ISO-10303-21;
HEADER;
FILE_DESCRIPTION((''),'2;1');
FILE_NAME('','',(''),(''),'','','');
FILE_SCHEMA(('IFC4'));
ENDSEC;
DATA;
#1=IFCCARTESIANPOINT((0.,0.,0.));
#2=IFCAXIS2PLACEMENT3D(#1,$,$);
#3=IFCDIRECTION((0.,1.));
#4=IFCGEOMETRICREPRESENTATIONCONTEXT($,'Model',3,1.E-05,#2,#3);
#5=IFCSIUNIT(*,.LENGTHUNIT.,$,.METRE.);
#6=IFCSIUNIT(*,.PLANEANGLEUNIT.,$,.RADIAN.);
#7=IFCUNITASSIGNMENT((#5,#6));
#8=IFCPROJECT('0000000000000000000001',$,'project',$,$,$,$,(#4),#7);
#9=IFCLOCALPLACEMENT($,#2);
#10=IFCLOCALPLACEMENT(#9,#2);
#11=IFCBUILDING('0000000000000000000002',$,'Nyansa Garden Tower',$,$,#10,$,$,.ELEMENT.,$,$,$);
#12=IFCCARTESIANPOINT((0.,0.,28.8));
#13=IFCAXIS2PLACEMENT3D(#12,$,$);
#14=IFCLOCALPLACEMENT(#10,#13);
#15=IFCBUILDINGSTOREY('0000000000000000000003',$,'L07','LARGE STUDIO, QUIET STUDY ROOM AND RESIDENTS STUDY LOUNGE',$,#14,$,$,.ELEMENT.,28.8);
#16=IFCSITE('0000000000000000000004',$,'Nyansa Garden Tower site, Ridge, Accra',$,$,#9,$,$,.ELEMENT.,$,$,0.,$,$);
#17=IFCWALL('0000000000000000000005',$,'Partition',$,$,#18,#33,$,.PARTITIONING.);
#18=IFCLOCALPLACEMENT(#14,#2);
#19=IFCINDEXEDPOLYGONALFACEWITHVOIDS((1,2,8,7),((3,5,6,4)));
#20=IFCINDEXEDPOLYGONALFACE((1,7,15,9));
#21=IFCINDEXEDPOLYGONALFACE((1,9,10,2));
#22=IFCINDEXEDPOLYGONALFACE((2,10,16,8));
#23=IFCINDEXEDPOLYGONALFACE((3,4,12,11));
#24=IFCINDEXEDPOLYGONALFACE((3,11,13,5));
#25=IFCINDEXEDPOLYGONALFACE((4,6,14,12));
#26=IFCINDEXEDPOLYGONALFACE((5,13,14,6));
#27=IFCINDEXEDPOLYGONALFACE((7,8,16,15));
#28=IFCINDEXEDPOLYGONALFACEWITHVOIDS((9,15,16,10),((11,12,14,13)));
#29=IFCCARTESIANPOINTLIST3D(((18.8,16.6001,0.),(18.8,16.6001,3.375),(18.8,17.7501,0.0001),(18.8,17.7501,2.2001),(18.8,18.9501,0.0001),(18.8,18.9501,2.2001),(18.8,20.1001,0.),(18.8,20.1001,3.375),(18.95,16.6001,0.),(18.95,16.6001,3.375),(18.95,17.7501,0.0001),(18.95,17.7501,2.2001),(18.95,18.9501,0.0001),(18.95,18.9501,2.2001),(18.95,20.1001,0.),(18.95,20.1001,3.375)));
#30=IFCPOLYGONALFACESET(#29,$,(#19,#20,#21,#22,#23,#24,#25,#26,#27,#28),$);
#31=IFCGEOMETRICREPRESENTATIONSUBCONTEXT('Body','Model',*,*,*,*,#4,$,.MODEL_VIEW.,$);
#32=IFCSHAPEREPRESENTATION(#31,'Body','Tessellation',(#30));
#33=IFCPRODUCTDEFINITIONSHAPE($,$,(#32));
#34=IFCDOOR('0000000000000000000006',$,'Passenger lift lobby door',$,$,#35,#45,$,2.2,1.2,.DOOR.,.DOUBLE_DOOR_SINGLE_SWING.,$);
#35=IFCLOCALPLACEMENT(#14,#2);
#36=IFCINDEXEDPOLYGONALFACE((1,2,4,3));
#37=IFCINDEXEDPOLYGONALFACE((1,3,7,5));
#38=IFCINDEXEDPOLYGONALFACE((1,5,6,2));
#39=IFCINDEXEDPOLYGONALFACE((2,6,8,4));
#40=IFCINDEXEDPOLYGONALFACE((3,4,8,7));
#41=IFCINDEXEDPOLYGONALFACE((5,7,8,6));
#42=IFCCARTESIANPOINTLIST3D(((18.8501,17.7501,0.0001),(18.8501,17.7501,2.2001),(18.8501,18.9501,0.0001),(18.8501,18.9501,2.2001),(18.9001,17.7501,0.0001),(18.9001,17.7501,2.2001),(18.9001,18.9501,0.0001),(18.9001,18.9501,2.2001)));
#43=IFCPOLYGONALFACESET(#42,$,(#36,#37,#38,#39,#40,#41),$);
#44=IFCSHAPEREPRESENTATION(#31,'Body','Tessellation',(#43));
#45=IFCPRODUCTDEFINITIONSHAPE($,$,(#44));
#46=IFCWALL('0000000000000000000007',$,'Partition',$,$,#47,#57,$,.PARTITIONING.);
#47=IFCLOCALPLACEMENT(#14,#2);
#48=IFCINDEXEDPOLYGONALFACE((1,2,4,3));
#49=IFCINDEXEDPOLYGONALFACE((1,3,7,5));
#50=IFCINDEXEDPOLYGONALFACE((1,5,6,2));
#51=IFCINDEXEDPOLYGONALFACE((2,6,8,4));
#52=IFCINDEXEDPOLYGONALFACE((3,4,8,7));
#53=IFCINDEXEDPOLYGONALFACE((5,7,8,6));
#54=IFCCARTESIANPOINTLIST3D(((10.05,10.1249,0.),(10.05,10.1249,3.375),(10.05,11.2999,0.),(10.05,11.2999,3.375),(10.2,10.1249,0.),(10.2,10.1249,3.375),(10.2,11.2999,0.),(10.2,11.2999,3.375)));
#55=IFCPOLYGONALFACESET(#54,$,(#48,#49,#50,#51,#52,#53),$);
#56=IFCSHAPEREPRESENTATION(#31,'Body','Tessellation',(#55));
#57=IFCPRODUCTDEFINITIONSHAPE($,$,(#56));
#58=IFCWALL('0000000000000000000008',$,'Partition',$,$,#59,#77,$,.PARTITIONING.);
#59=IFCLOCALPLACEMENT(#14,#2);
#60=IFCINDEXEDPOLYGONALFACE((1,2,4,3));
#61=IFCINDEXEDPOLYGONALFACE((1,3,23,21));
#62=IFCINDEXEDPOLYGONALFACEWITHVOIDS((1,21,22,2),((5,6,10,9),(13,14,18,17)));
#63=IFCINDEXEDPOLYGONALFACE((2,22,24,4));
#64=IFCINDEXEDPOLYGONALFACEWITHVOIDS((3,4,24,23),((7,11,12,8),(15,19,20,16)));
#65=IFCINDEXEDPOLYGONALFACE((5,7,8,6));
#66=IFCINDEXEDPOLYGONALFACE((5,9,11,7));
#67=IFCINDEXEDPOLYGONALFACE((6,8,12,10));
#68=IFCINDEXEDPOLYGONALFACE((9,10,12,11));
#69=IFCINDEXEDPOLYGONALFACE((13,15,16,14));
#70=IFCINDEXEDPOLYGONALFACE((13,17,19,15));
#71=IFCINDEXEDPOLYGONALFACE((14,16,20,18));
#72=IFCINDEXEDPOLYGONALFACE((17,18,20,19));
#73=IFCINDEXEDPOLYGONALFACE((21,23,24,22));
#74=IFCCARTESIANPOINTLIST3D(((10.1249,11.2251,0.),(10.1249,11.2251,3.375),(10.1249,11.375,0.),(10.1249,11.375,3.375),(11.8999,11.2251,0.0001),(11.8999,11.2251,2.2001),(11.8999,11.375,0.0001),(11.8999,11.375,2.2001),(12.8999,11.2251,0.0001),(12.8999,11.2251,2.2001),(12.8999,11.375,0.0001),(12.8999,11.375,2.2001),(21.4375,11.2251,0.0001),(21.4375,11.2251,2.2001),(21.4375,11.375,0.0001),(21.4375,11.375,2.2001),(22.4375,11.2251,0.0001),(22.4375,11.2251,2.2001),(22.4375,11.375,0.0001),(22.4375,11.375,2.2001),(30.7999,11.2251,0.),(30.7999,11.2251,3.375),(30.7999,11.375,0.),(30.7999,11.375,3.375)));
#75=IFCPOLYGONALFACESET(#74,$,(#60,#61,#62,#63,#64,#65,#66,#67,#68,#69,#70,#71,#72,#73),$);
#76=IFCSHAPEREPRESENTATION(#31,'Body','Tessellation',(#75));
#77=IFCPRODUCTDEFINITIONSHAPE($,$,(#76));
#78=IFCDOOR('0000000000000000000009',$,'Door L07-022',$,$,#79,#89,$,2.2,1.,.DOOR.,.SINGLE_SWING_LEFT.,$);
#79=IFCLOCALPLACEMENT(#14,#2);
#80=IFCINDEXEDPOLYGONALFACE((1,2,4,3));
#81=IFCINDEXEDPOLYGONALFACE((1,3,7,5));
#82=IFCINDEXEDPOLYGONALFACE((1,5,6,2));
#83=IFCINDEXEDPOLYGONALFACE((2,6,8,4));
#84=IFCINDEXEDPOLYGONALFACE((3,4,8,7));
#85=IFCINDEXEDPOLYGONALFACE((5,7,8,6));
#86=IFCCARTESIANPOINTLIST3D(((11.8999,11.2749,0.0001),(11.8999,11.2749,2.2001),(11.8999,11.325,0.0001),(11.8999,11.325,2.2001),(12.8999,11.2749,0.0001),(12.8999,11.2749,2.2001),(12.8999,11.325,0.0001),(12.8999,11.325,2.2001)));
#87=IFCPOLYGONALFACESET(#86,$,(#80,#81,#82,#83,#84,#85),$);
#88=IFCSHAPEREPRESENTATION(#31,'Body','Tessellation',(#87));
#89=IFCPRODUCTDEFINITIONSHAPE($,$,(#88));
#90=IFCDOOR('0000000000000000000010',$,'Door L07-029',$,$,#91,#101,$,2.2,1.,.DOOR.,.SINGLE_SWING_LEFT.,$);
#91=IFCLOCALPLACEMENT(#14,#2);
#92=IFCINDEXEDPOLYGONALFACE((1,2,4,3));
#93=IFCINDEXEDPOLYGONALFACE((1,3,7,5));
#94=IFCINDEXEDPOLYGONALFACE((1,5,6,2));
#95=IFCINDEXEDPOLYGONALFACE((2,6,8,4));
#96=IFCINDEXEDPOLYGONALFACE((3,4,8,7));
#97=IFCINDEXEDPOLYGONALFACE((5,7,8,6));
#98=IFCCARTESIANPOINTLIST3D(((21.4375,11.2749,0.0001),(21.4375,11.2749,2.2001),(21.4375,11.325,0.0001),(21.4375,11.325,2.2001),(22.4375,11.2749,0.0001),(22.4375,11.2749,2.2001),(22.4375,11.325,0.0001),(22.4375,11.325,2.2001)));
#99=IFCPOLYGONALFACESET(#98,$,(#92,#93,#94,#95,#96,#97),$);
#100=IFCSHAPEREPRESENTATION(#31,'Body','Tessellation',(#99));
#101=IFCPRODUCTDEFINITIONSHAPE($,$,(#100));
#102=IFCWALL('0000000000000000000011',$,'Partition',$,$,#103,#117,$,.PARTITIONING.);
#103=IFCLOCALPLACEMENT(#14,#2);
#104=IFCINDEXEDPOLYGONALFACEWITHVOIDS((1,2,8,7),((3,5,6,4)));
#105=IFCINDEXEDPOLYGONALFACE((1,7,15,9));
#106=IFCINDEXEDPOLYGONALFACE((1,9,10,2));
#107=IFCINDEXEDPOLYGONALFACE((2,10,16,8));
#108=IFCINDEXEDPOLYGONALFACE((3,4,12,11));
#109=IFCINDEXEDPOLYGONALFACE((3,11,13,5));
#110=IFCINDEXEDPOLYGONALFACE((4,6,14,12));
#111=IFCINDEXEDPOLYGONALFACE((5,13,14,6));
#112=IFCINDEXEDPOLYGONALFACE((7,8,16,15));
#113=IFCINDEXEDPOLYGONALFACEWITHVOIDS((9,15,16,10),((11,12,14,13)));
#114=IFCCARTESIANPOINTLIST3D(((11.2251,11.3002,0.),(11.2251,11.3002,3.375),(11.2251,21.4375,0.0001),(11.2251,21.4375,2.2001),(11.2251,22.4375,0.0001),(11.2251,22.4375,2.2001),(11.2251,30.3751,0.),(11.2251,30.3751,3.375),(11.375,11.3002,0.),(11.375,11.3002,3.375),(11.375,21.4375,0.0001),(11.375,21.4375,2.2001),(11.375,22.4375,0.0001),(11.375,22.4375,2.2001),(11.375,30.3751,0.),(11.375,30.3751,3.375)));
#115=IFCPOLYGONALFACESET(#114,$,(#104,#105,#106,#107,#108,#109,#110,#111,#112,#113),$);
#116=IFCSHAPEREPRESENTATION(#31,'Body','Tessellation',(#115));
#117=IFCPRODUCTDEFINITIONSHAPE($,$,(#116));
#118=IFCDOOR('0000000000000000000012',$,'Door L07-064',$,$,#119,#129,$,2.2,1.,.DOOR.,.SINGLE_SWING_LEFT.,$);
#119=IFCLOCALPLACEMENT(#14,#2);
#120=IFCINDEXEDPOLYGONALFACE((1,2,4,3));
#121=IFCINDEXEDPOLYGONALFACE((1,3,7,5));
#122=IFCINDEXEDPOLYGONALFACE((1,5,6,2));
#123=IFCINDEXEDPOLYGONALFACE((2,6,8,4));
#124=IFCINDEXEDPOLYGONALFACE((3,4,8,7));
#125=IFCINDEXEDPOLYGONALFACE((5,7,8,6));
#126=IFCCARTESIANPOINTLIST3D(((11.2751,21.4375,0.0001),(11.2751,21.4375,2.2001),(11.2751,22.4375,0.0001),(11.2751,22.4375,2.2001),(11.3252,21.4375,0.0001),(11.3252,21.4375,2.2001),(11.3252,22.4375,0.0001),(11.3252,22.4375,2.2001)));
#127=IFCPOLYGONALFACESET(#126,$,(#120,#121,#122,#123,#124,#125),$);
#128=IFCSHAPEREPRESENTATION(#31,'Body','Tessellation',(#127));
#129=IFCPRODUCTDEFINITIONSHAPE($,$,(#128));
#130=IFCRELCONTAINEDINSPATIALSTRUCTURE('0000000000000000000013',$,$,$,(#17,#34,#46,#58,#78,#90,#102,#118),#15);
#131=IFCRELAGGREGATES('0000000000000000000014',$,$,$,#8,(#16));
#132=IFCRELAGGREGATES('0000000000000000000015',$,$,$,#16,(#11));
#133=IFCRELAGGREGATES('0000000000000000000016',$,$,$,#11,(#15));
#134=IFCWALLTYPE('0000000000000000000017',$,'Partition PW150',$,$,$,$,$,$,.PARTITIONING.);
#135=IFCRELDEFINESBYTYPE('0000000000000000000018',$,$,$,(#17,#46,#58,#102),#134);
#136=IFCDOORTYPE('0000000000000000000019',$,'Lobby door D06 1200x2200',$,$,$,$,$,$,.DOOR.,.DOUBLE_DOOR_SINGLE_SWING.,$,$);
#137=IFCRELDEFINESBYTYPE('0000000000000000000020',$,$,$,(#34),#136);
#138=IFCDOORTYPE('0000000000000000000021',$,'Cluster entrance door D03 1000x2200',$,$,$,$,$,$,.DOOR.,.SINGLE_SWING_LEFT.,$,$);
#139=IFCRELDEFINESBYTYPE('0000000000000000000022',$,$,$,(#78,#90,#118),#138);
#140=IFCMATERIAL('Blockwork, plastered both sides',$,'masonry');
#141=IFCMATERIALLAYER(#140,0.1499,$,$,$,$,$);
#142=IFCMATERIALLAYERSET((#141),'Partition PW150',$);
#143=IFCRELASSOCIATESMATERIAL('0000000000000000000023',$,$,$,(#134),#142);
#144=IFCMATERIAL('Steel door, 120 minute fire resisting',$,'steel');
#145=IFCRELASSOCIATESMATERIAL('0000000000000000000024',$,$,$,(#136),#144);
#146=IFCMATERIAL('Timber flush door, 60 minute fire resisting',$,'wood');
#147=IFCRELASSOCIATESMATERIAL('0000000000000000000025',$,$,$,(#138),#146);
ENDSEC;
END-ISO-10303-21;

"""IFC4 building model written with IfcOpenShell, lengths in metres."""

from ifc_helpers import new_model, si_unit, direction, frame, frame_2d, origin, place, context, subcontext, project, spatial, rectangle, extrude, material, layer, layer_set, type_object, element, fill, save


model = new_model("IFC4")

# Units and contexts
model_context = context("Model", 3, precision=1e-05, world=origin(), true_north=direction((0.0, 1.0)))
body_context = subcontext(model_context, "Body", "Model", "MODEL_VIEW")
ifc_project = project(units=[si_unit("LENGTHUNIT", "METRE"), si_unit("PLANEANGLEUNIT", "RADIAN")], contexts=[model_context])

# Site, building, storey
site_placement = place(None, origin())
site = spatial("IfcSite", under=ifc_project, at=site_placement, Name="Nyansa Garden Tower site, Ridge, Accra", CompositionType="ELEMENT", RefElevation=0.0)
building_placement = place(site_placement, origin())
building = spatial("IfcBuilding", under=site, at=building_placement, Name="Nyansa Garden Tower", CompositionType="ELEMENT")
storey_placement = place(building_placement, frame((0.0, 0.0, 28.8)))
storey = spatial("IfcBuildingStorey", under=building, at=storey_placement, Name="L07", Description="LARGE STUDIO, QUIET STUDY ROOM AND RESIDENTS STUDY LOUNGE", CompositionType="ELEMENT", Elevation=28.8)

# Wall, opening, door
ifc_material_1 = material(Name="Blockwork, plastered both sides", Category="masonry")
ifc_layer_1 = layer(ifc_material_1, 0.1499)
ifc_layer_set_1 = layer_set([ifc_layer_1], Name="Partition PW150")
wall_type_1 = type_object("IfcWallType", Name="Partition PW150", PredefinedType="PARTITIONING", material=ifc_layer_set_1)
wall_1_placement = place(storey_placement, frame((18.875, 16.6001, 0.0), z_axis=(0.0, 0.0, 1.0), x_axis=(0.0, 1.0, 0.0)))
wall_1 = element("IfcWall", 1, at=wall_1_placement, inside=storey, type_object=wall_type_1, Name="Partition", PredefinedType="PARTITIONING", context=body_context, shape_type="SweptSolid", body=[
    extrude(rectangle(XDim=3.5, YDim=0.1499, at=frame_2d((1.75, 0.0))), origin(), (0.0, 0.0, 1.0), 3.375),
])
opening_1_placement = place(wall_1_placement, frame((1.1499, 0.0, 0.0)))
opening_1 = element("IfcOpeningElement", 2, at=opening_1_placement, cuts=wall_1, PredefinedType="OPENING", context=body_context, shape_type="SweptSolid", body=[
    extrude(rectangle(XDim=1.2, YDim=2.2, at=frame_2d((0.6001, 1.1001))), frame((0.0, 0.085, 0.0), z_axis=(0.0, -1.0, 0.0), x_axis=(1.0, 0.0, 0.0)), (0.0, 0.0, 1.0), 0.1699),
])
ifc_material_2 = material(Name="Steel door, 120 minute fire resisting", Category="steel")
door_type_1 = type_object("IfcDoorType", Name="Lobby door D06 1200x2200", OperationType="DOUBLE_DOOR_SINGLE_SWING", PredefinedType="DOOR", material=ifc_material_2)
door_1_placement = place(opening_1_placement, origin())
door_1 = element("IfcDoor", 3, at=door_1_placement, inside=storey, type_object=door_type_1, Name="Passenger lift lobby door", OperationType="DOUBLE_DOOR_SINGLE_SWING", OverallHeight=2.2, OverallWidth=1.2, PredefinedType="DOOR", context=body_context, shape_type="SweptSolid", body=[
    extrude(rectangle(XDim=1.2, YDim=2.2, at=frame_2d((0.6001, 1.1001))), frame((0.0, 0.0249, 0.0), z_axis=(0.0, -1.0, 0.0), x_axis=(1.0, 0.0, 0.0)), (0.0, 0.0, 1.0), 0.05),
])
fill(opening_1, door_1)

# Wall
wall_2_placement = place(storey_placement, frame((10.125, 10.125, 0.0), z_axis=(0.0, 0.0, 1.0), x_axis=(0.0, 1.0, 0.0)))
element("IfcWall", 4, at=wall_2_placement, inside=storey, type_object=wall_type_1, Name="Partition", PredefinedType="PARTITIONING", context=body_context, shape_type="SweptSolid", body=[
    extrude(rectangle(XDim=1.175, YDim=0.1499, at=frame_2d((0.5874, 0.0))), origin(), (0.0, 0.0, 1.0), 3.375),
])

# Wall, openings, doors
wall_3_placement = place(storey_placement, frame((10.125, 11.3, 0.0), z_axis=(0.0, 0.0, 1.0), x_axis=(1.0, 0.0, 0.0)))
wall_3 = element("IfcWall", 5, at=wall_3_placement, inside=storey, type_object=wall_type_1, Name="Partition", PredefinedType="PARTITIONING", context=body_context, shape_type="SweptSolid", body=[
    extrude(rectangle(XDim=20.675, YDim=0.1499, at=frame_2d((10.3374, 0.0))), origin(), (0.0, 0.0, 1.0), 3.375),
])
opening_2_placement = place(wall_3_placement, frame((1.7749, 0.0, 0.0)))
opening_2 = element("IfcOpeningElement", 6, at=opening_2_placement, cuts=wall_3, PredefinedType="OPENING", context=body_context, shape_type="SweptSolid", body=[
    extrude(rectangle(XDim=1.0, YDim=2.2, at=frame_2d((0.5, 1.1001))), frame((0.0, 0.085, 0.0), z_axis=(0.0, -1.0, 0.0), x_axis=(1.0, 0.0, 0.0)), (0.0, 0.0, 1.0), 0.1699),
])
opening_3_placement = place(wall_3_placement, frame((11.3125, 0.0, 0.0)))
opening_3 = element("IfcOpeningElement", 7, at=opening_3_placement, cuts=wall_3, PredefinedType="OPENING", context=body_context, shape_type="SweptSolid", body=[
    extrude(rectangle(XDim=1.0, YDim=2.2, at=frame_2d((0.5, 1.1001))), frame((0.0, 0.085, 0.0), z_axis=(0.0, -1.0, 0.0), x_axis=(1.0, 0.0, 0.0)), (0.0, 0.0, 1.0), 0.1699),
])
ifc_material_3 = material(Name="Timber flush door, 60 minute fire resisting", Category="wood")
door_type_2 = type_object("IfcDoorType", Name="Cluster entrance door D03 1000x2200", OperationType="SINGLE_SWING_LEFT", PredefinedType="DOOR", material=ifc_material_3)
door_2_placement = place(opening_2_placement, origin())
door_2 = element("IfcDoor", 8, at=door_2_placement, inside=storey, type_object=door_type_2, Name="Door L07-022", OperationType="SINGLE_SWING_LEFT", OverallHeight=2.2, OverallWidth=1.0, PredefinedType="DOOR", context=body_context, shape_type="SweptSolid", body=[
    extrude(rectangle(XDim=1.0, YDim=2.2, at=frame_2d((0.5, 1.1001))), frame((0.0, 0.0249, 0.0), z_axis=(0.0, -1.0, 0.0), x_axis=(1.0, 0.0, 0.0)), (0.0, 0.0, 1.0), 0.05),
])
fill(opening_2, door_2)
door_3_placement = place(opening_3_placement, origin())
door_3 = element("IfcDoor", 9, at=door_3_placement, inside=storey, type_object=door_type_2, Name="Door L07-029", OperationType="SINGLE_SWING_LEFT", OverallHeight=2.2, OverallWidth=1.0, PredefinedType="DOOR", context=body_context, shape_type="SweptSolid", body=[
    extrude(rectangle(XDim=1.0, YDim=2.2, at=frame_2d((0.5, 1.1001))), frame((0.0, 0.0249, 0.0), z_axis=(0.0, -1.0, 0.0), x_axis=(1.0, 0.0, 0.0)), (0.0, 0.0, 1.0), 0.05),
])
fill(opening_3, door_3)

# Wall, opening, door
wall_4_placement = place(storey_placement, frame((11.3, 11.3, 0.0), z_axis=(0.0, 0.0, 1.0), x_axis=(0.0, 1.0, 0.0)))
wall_4 = element("IfcWall", 10, at=wall_4_placement, inside=storey, type_object=wall_type_1, Name="Partition", PredefinedType="PARTITIONING", context=body_context, shape_type="SweptSolid", body=[
    extrude(rectangle(XDim=19.075, YDim=0.1499, at=frame_2d((9.5376, 0.0))), origin(), (0.0, 0.0, 1.0), 3.375),
])
opening_4_placement = place(wall_4_placement, frame((10.1375, 0.0, 0.0)))
opening_4 = element("IfcOpeningElement", 11, at=opening_4_placement, cuts=wall_4, PredefinedType="OPENING", context=body_context, shape_type="SweptSolid", body=[
    extrude(rectangle(XDim=1.0, YDim=2.2, at=frame_2d((0.5, 1.1001))), frame((0.0, 0.085, 0.0), z_axis=(0.0, -1.0, 0.0), x_axis=(1.0, 0.0, 0.0)), (0.0, 0.0, 1.0), 0.1699),
])
door_4_placement = place(opening_4_placement, origin())
door_4 = element("IfcDoor", 12, at=door_4_placement, inside=storey, type_object=door_type_2, Name="Door L07-064", OperationType="SINGLE_SWING_LEFT", OverallHeight=2.2, OverallWidth=1.0, PredefinedType="DOOR", context=body_context, shape_type="SweptSolid", body=[
    extrude(rectangle(XDim=1.0, YDim=2.2, at=frame_2d((0.5, 1.1001))), frame((0.0, 0.0249, 0.0), z_axis=(0.0, -1.0, 0.0), x_axis=(1.0, 0.0, 0.0)), (0.0, 0.0, 1.0), 0.05),
])
fill(opening_4, door_4)

save(model, "model.ifc")
